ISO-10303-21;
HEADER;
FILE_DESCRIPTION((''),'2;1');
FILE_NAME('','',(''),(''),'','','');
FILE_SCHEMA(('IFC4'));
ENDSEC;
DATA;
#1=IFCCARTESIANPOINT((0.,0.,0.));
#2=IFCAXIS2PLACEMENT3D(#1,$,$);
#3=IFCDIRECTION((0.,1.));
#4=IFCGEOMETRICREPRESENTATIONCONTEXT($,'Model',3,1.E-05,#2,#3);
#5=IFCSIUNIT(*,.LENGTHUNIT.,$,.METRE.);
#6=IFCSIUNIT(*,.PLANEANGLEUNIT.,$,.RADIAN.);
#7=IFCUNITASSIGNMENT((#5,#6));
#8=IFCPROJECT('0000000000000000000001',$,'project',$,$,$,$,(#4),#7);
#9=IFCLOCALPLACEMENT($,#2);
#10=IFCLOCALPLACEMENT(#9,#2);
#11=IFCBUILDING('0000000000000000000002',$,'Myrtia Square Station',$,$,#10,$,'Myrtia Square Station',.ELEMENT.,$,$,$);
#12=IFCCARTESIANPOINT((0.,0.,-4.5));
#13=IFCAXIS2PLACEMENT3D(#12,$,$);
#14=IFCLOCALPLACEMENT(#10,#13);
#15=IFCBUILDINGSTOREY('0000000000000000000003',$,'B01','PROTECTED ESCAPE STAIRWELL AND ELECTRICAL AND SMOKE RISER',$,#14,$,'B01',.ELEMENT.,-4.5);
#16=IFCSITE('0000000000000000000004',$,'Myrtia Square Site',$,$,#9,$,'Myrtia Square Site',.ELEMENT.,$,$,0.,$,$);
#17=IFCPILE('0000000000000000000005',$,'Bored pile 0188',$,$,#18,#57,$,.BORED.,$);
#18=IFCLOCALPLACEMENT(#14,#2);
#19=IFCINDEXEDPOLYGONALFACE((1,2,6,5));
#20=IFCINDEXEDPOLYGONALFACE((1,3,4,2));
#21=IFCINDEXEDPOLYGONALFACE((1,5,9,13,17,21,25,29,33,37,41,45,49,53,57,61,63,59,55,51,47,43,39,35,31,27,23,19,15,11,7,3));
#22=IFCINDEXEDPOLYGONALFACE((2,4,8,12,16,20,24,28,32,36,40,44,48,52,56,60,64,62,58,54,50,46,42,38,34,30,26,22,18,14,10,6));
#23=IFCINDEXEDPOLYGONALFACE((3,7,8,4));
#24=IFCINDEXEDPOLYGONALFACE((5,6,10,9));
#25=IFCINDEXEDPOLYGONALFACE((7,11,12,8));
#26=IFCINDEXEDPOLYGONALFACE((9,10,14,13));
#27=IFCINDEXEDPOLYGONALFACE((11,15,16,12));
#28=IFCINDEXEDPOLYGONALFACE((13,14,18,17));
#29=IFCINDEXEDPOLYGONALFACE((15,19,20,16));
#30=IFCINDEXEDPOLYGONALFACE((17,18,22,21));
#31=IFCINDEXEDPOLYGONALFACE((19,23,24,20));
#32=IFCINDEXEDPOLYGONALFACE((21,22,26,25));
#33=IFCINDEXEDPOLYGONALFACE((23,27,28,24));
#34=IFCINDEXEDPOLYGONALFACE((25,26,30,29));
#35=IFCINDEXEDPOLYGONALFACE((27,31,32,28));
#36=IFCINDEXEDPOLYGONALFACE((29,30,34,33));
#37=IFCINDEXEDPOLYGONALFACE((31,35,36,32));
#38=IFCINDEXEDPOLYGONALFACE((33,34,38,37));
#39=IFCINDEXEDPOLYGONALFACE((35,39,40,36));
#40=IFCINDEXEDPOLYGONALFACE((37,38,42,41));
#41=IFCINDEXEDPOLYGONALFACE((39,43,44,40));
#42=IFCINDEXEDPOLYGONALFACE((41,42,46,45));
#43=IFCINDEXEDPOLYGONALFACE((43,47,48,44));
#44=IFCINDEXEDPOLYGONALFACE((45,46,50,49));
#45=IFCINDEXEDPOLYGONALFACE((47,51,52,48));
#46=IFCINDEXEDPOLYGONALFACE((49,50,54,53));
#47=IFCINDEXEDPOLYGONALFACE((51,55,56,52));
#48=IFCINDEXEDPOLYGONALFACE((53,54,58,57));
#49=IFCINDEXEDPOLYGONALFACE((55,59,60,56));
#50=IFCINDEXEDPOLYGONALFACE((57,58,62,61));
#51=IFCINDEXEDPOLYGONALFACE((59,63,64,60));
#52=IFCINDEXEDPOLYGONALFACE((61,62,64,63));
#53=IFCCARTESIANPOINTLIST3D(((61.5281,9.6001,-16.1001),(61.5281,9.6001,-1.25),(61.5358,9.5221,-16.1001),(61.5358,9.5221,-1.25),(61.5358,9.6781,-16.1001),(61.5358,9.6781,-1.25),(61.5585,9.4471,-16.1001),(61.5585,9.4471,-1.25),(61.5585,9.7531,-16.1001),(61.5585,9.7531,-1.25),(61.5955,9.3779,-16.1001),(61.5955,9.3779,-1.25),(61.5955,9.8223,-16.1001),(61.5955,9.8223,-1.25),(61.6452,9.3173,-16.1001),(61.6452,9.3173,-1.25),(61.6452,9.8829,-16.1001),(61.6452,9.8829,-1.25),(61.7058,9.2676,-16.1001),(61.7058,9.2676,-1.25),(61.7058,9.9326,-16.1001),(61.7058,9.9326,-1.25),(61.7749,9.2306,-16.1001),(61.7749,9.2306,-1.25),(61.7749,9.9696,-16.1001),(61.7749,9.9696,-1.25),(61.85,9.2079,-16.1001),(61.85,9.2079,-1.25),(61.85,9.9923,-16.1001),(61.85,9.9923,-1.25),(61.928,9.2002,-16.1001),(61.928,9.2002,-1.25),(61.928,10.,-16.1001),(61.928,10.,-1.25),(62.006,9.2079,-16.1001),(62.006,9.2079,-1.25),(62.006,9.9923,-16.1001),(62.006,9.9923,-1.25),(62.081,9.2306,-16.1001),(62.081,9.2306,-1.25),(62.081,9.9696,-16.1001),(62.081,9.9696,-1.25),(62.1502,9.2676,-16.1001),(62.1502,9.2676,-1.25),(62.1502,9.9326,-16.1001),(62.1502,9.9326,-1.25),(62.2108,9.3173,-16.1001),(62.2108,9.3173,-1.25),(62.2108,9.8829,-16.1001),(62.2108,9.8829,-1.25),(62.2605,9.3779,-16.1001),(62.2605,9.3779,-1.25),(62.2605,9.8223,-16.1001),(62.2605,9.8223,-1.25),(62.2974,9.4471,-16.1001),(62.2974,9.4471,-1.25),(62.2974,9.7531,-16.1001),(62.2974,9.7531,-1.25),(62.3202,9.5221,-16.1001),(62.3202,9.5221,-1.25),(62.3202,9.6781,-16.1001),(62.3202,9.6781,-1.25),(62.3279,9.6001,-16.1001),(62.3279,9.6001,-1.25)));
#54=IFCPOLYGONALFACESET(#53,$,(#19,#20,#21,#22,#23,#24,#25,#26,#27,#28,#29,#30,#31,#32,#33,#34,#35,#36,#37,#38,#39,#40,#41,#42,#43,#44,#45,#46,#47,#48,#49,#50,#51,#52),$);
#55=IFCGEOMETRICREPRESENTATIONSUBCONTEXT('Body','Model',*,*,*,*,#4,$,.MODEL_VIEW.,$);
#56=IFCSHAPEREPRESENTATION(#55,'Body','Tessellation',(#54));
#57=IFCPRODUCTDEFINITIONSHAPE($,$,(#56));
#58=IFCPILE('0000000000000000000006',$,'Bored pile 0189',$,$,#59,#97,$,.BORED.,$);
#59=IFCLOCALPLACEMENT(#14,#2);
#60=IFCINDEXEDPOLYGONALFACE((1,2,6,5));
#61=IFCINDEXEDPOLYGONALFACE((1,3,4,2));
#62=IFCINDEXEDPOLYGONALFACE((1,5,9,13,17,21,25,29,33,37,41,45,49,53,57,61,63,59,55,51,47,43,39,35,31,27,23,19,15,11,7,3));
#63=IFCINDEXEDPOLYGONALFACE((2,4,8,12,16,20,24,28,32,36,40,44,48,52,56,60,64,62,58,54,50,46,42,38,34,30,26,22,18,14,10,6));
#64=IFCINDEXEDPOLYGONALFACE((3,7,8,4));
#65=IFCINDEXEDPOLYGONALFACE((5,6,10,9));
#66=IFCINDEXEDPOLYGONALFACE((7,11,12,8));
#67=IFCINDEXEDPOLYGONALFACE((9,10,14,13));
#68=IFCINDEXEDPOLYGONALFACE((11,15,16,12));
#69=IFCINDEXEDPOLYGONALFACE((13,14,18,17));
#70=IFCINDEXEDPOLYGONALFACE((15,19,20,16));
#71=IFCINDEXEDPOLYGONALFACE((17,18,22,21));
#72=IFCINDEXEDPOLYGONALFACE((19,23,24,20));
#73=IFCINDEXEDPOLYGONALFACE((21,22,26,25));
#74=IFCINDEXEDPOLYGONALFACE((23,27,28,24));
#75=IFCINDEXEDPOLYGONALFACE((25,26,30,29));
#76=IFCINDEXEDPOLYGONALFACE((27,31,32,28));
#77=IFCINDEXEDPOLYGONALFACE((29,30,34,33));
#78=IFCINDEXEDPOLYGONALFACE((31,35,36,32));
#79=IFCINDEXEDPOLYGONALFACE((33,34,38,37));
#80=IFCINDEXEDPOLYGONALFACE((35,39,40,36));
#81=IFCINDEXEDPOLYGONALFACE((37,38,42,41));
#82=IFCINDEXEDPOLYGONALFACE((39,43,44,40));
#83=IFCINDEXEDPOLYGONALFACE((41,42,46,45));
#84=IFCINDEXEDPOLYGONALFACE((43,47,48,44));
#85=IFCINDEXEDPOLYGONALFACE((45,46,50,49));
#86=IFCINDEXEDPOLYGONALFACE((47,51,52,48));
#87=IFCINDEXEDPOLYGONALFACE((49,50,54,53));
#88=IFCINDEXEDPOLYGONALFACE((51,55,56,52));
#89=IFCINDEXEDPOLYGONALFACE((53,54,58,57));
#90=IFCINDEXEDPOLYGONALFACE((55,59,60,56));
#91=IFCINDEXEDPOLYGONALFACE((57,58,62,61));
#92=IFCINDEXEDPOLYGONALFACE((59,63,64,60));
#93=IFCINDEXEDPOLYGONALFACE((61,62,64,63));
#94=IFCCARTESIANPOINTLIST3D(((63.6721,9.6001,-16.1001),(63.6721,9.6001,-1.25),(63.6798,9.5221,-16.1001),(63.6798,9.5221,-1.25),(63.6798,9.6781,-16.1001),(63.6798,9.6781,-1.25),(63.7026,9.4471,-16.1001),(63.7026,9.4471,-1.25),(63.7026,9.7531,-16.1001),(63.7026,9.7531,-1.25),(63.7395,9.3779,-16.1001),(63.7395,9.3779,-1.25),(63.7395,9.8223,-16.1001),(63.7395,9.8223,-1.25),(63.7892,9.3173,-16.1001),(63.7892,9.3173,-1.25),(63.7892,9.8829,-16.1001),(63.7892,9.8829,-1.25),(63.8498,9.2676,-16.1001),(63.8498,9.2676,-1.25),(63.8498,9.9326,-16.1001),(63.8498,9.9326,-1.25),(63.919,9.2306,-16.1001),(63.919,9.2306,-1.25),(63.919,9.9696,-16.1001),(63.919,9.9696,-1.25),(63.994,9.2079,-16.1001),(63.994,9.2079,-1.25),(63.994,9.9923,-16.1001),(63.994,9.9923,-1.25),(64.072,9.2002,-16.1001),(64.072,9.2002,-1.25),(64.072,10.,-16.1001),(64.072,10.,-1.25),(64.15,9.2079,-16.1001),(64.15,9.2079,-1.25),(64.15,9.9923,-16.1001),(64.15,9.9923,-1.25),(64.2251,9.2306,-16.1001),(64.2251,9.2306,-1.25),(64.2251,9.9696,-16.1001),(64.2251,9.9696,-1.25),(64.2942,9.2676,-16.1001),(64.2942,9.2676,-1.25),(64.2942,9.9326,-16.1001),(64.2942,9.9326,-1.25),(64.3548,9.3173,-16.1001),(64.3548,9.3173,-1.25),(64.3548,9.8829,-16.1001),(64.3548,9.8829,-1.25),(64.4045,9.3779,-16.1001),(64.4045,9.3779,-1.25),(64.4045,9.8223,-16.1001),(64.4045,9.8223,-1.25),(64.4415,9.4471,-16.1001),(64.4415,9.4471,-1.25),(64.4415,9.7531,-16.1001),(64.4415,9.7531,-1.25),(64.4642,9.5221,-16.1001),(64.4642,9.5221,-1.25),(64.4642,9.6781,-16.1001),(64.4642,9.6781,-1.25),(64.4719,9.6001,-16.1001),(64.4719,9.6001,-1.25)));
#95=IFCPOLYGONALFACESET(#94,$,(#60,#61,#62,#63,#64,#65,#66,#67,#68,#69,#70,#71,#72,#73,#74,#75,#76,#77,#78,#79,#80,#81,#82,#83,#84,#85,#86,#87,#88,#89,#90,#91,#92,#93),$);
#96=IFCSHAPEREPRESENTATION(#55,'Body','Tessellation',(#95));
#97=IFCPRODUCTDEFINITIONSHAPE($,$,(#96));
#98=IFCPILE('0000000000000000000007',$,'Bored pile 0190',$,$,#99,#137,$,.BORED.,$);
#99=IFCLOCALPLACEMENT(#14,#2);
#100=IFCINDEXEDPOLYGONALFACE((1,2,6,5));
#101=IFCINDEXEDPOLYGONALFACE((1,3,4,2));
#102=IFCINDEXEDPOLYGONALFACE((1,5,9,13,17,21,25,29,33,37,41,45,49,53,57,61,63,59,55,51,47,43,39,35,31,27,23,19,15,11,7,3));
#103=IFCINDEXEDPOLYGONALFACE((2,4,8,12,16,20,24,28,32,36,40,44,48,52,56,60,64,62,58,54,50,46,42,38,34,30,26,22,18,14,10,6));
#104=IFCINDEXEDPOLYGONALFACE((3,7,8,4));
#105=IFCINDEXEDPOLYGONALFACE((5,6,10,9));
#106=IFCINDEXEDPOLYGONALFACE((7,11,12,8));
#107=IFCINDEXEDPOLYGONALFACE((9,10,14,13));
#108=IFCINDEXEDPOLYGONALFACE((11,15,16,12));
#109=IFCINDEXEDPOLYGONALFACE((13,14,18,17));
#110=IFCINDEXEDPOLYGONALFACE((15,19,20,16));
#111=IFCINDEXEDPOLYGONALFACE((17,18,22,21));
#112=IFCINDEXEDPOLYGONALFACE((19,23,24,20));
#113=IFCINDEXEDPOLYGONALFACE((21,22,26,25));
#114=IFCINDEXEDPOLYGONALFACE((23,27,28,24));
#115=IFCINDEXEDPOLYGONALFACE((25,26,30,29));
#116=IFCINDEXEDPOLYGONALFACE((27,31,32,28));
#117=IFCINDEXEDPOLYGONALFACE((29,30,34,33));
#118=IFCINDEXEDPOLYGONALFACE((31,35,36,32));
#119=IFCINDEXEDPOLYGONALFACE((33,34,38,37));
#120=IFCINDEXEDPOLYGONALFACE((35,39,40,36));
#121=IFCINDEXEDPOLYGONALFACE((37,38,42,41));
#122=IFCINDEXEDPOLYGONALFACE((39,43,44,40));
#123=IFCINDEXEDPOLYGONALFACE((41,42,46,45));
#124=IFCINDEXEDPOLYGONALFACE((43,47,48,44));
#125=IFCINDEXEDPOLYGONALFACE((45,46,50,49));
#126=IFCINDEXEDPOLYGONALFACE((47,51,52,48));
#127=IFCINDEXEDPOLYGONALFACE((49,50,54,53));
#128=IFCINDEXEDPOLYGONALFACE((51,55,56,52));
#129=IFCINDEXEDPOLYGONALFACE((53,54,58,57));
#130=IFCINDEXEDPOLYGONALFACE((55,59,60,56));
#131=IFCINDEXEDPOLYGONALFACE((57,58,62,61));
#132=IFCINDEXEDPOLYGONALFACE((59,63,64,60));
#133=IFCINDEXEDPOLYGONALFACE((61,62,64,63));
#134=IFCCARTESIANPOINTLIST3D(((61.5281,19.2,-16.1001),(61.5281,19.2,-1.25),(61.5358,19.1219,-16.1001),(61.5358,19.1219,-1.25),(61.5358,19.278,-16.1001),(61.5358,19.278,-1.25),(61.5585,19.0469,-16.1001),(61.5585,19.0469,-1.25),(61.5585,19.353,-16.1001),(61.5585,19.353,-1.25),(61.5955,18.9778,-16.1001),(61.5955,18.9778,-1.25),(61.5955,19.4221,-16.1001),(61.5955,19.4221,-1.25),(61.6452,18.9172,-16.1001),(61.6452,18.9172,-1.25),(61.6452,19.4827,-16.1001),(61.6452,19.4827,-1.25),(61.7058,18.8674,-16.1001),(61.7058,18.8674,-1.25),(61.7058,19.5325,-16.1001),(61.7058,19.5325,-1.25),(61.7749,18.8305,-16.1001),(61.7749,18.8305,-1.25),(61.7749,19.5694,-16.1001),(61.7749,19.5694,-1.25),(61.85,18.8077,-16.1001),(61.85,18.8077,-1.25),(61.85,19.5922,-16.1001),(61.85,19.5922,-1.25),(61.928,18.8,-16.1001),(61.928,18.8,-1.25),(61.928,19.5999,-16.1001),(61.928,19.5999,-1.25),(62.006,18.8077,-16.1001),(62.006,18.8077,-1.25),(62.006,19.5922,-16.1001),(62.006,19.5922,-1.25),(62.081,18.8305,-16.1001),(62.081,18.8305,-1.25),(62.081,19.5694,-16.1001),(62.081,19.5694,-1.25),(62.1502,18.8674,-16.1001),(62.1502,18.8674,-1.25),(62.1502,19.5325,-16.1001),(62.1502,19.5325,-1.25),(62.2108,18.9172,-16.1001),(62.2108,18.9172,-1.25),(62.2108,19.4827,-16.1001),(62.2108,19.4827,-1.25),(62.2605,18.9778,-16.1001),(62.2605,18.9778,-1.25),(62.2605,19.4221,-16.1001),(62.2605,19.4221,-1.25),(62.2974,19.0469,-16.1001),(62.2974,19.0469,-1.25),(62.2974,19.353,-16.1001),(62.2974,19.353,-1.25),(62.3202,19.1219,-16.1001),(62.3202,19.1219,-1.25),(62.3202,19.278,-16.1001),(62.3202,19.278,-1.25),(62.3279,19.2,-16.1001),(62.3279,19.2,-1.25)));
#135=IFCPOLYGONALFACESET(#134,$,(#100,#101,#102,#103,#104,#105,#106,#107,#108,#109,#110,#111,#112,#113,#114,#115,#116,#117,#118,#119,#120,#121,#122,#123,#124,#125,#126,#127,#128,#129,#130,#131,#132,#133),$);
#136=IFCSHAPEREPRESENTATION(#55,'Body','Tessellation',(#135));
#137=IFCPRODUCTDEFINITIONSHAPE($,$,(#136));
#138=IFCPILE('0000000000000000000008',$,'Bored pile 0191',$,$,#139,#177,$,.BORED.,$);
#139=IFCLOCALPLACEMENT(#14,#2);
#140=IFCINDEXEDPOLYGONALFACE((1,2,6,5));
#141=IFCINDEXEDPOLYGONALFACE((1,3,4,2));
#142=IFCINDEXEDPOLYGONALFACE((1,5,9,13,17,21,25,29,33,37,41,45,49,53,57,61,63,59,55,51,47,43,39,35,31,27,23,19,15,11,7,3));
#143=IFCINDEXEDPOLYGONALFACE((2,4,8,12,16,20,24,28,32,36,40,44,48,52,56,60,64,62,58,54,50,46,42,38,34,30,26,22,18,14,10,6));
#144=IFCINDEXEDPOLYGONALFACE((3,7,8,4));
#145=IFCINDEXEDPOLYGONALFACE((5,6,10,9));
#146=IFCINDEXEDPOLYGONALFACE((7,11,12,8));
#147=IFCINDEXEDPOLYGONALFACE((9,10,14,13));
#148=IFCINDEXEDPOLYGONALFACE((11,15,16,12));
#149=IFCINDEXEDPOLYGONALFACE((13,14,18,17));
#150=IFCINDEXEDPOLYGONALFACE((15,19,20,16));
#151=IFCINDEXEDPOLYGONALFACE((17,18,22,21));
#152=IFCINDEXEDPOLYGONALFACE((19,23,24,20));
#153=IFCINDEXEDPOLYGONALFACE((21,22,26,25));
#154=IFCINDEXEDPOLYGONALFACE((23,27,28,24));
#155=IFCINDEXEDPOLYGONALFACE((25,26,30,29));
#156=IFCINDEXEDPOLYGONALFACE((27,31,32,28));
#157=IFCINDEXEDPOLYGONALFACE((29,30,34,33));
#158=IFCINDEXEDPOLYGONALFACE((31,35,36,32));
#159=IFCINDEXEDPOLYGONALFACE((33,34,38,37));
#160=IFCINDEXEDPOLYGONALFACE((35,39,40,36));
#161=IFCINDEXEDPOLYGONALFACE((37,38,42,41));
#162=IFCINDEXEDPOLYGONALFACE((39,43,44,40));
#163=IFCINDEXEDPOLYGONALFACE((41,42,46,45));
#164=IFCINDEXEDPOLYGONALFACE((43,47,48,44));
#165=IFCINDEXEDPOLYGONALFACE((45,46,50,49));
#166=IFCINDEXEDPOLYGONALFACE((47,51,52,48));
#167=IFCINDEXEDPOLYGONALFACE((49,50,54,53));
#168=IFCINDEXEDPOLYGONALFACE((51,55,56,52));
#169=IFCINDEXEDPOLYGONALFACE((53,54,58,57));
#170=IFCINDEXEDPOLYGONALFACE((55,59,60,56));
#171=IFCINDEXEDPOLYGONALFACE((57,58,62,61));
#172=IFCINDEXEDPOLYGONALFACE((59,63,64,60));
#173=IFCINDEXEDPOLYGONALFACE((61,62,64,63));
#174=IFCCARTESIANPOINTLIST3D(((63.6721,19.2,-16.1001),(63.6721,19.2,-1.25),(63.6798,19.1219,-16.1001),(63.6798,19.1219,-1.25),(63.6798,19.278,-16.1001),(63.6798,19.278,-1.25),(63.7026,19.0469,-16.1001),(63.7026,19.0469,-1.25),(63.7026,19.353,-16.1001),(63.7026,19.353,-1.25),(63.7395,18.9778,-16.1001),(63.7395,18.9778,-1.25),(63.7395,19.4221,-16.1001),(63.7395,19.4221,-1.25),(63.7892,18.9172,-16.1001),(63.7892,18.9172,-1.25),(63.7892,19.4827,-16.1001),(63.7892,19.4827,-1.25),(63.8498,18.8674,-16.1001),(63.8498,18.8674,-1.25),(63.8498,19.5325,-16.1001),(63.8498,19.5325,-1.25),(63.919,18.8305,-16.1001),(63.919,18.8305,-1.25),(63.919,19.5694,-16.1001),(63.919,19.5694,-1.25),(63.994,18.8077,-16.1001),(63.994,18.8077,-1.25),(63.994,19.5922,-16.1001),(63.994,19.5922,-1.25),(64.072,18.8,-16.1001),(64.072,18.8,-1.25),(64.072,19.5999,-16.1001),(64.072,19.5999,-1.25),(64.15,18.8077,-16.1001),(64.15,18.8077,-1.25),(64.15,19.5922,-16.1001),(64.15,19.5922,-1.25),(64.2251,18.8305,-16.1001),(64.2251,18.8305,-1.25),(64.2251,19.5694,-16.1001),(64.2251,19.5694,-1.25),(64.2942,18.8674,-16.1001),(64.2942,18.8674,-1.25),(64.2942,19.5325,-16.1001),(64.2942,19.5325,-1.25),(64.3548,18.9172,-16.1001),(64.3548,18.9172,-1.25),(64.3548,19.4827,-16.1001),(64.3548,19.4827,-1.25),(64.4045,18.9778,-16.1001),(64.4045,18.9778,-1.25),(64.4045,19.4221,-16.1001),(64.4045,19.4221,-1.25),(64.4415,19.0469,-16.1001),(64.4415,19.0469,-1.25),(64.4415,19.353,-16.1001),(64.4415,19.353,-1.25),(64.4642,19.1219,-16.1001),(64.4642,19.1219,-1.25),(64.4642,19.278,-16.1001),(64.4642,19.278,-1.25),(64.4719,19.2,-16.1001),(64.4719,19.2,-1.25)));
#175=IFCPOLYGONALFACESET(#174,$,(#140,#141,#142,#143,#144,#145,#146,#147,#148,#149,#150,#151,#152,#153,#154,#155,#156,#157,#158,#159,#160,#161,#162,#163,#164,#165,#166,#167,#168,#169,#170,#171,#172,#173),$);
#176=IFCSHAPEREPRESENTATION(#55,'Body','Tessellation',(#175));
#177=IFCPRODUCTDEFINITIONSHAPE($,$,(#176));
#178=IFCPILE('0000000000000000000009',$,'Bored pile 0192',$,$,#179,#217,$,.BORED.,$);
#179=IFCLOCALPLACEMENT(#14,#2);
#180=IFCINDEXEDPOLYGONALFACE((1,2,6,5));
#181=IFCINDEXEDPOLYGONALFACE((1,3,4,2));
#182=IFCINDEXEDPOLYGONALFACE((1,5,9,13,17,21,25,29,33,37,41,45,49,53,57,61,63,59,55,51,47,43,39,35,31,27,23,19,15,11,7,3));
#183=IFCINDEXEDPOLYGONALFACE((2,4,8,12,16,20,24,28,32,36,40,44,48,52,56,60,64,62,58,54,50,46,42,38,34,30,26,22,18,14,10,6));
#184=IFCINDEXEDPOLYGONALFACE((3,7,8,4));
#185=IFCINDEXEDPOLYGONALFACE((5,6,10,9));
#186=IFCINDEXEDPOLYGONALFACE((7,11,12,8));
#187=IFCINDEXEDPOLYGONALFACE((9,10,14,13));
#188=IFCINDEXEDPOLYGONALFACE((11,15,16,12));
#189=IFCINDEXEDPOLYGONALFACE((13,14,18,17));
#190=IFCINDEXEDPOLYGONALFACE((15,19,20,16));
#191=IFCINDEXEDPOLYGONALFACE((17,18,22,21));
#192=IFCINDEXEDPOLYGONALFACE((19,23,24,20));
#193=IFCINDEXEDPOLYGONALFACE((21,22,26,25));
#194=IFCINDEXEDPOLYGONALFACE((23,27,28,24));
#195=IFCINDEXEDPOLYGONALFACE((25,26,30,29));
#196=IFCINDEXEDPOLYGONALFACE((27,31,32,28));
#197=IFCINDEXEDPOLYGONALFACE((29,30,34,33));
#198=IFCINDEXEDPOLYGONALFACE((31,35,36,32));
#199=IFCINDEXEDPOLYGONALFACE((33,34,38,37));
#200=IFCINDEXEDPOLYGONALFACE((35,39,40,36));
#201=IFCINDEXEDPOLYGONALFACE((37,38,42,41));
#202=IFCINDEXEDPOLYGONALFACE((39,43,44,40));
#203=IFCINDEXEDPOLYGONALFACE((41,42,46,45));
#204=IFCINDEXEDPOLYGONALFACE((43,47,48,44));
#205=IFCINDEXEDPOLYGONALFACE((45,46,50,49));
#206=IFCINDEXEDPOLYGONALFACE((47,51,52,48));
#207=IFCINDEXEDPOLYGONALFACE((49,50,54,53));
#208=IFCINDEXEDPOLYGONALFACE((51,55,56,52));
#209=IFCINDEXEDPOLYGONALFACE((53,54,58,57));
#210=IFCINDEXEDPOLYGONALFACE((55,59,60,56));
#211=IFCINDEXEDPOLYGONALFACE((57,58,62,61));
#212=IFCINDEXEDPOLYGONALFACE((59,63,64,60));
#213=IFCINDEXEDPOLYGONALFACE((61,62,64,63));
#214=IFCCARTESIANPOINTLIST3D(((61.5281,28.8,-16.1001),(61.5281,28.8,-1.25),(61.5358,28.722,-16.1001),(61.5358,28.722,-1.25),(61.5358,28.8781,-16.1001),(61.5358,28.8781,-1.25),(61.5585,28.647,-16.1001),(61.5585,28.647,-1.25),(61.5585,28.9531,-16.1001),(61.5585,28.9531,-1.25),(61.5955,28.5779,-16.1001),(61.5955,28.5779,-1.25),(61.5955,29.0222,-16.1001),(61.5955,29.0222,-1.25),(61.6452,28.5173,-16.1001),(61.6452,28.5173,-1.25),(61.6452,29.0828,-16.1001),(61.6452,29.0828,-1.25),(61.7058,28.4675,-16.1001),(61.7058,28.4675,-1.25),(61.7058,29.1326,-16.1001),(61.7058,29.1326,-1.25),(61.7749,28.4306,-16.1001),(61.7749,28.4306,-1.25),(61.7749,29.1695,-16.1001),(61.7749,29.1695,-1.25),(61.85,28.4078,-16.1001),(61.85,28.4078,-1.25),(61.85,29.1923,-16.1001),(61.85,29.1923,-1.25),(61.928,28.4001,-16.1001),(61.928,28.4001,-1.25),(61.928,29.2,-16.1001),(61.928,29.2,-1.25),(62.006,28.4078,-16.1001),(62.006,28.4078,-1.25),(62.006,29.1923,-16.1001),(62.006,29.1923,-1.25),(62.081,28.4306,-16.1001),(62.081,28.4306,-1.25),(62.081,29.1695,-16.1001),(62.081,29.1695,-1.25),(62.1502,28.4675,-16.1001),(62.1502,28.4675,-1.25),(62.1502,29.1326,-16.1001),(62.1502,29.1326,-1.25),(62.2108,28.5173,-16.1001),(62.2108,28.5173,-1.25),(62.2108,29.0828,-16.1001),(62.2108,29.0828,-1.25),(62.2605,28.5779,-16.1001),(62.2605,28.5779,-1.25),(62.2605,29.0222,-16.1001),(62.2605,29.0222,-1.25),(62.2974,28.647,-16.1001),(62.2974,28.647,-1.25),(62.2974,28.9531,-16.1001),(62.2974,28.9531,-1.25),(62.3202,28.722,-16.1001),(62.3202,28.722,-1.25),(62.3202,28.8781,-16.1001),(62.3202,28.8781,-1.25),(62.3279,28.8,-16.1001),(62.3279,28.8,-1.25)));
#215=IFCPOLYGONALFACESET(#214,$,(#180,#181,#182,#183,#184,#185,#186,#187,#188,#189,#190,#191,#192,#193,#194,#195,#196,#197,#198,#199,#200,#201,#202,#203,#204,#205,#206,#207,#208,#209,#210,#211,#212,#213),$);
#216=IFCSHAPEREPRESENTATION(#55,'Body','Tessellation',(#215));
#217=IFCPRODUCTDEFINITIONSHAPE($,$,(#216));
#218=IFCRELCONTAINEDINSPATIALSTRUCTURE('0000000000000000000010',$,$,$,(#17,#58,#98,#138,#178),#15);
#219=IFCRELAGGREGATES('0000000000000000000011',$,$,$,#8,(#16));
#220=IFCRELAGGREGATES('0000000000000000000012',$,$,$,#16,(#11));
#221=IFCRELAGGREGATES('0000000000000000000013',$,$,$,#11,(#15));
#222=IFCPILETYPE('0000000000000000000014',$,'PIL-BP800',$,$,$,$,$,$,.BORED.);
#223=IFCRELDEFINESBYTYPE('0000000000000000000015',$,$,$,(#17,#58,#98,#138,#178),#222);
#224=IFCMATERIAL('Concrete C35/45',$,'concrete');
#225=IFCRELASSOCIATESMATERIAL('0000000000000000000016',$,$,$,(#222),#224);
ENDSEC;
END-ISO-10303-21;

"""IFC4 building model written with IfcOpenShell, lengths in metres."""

from ifc_helpers import new_model, si_unit, direction, frame, origin, origin_2d, place, context, subcontext, project, spatial, circle, extrude, material, material_profile, profile_set, type_object, element, save


model = new_model("IFC4")

# Units and contexts
model_context = context("Model", 3, precision=1e-05, world=origin(), true_north=direction((0.0, 1.0)))
body_context = subcontext(model_context, "Body", "Model", "MODEL_VIEW")
ifc_project = project(units=[si_unit("LENGTHUNIT", "METRE"), si_unit("PLANEANGLEUNIT", "RADIAN")], contexts=[model_context])

# Site, building, storey
site_placement = place(None, origin())
site = spatial("IfcSite", under=ifc_project, at=site_placement, Name="Myrtia Square Site", LongName="Myrtia Square Site", CompositionType="ELEMENT", RefElevation=0.0)
building_placement = place(site_placement, origin())
building = spatial("IfcBuilding", under=site, at=building_placement, Name="Myrtia Square Station", LongName="Myrtia Square Station", CompositionType="ELEMENT")
storey_placement = place(building_placement, frame((0.0, 0.0, -4.5)))
storey = spatial("IfcBuildingStorey", under=building, at=storey_placement, Name="B01", Description="PROTECTED ESCAPE STAIRWELL AND ELECTRICAL AND SMOKE RISER", LongName="B01", CompositionType="ELEMENT", Elevation=-4.5)

# Shared definitions
ifc_material_1 = material(Name="Concrete C35/45", Category="concrete")

# Piles
ifc_material_profile_1 = material_profile(ifc_material_1, circle(Radius=0.3999, at=origin_2d()), Name="BP D800")
ifc_profile_set_1 = profile_set([ifc_material_profile_1], Name="Concrete C35/45")
pile_type = type_object("IfcPileType", Name="PIL-BP800", PredefinedType="BORED", material=ifc_profile_set_1)
for number, where, z_axis, x_axis, name in (
    (1, (61.928, 9.6001, -1.25), (0.0, 0.0, -1.0), (1.0, 0.0, 0.0), "Bored pile 0188"),
    (2, (64.072, 9.6001, -1.25), (0.0, 0.0, -1.0), (1.0, 0.0, 0.0), "Bored pile 0189"),
    (3, (61.928, 19.2, -1.25), (0.0, 0.0, -1.0), (1.0, 0.0, 0.0), "Bored pile 0190"),
    (4, (64.072, 19.2, -1.25), (0.0, 0.0, -1.0), (1.0, 0.0, 0.0), "Bored pile 0191"),
    (5, (61.928, 28.8, -1.25), (0.0, 0.0, -1.0), (1.0, 0.0, 0.0), "Bored pile 0192"),
):
    element("IfcPile", number, at=place(storey_placement, frame(where, z_axis=z_axis, x_axis=x_axis)), inside=storey, type_object=pile_type, Name=name, PredefinedType="BORED", context=body_context, shape_type="SweptSolid", body=[
        extrude(circle(Radius=0.3999, at=origin_2d()), origin(), (0.0, 0.0, 1.0), 14.8501),
    ])

save(model, "model.ifc")
